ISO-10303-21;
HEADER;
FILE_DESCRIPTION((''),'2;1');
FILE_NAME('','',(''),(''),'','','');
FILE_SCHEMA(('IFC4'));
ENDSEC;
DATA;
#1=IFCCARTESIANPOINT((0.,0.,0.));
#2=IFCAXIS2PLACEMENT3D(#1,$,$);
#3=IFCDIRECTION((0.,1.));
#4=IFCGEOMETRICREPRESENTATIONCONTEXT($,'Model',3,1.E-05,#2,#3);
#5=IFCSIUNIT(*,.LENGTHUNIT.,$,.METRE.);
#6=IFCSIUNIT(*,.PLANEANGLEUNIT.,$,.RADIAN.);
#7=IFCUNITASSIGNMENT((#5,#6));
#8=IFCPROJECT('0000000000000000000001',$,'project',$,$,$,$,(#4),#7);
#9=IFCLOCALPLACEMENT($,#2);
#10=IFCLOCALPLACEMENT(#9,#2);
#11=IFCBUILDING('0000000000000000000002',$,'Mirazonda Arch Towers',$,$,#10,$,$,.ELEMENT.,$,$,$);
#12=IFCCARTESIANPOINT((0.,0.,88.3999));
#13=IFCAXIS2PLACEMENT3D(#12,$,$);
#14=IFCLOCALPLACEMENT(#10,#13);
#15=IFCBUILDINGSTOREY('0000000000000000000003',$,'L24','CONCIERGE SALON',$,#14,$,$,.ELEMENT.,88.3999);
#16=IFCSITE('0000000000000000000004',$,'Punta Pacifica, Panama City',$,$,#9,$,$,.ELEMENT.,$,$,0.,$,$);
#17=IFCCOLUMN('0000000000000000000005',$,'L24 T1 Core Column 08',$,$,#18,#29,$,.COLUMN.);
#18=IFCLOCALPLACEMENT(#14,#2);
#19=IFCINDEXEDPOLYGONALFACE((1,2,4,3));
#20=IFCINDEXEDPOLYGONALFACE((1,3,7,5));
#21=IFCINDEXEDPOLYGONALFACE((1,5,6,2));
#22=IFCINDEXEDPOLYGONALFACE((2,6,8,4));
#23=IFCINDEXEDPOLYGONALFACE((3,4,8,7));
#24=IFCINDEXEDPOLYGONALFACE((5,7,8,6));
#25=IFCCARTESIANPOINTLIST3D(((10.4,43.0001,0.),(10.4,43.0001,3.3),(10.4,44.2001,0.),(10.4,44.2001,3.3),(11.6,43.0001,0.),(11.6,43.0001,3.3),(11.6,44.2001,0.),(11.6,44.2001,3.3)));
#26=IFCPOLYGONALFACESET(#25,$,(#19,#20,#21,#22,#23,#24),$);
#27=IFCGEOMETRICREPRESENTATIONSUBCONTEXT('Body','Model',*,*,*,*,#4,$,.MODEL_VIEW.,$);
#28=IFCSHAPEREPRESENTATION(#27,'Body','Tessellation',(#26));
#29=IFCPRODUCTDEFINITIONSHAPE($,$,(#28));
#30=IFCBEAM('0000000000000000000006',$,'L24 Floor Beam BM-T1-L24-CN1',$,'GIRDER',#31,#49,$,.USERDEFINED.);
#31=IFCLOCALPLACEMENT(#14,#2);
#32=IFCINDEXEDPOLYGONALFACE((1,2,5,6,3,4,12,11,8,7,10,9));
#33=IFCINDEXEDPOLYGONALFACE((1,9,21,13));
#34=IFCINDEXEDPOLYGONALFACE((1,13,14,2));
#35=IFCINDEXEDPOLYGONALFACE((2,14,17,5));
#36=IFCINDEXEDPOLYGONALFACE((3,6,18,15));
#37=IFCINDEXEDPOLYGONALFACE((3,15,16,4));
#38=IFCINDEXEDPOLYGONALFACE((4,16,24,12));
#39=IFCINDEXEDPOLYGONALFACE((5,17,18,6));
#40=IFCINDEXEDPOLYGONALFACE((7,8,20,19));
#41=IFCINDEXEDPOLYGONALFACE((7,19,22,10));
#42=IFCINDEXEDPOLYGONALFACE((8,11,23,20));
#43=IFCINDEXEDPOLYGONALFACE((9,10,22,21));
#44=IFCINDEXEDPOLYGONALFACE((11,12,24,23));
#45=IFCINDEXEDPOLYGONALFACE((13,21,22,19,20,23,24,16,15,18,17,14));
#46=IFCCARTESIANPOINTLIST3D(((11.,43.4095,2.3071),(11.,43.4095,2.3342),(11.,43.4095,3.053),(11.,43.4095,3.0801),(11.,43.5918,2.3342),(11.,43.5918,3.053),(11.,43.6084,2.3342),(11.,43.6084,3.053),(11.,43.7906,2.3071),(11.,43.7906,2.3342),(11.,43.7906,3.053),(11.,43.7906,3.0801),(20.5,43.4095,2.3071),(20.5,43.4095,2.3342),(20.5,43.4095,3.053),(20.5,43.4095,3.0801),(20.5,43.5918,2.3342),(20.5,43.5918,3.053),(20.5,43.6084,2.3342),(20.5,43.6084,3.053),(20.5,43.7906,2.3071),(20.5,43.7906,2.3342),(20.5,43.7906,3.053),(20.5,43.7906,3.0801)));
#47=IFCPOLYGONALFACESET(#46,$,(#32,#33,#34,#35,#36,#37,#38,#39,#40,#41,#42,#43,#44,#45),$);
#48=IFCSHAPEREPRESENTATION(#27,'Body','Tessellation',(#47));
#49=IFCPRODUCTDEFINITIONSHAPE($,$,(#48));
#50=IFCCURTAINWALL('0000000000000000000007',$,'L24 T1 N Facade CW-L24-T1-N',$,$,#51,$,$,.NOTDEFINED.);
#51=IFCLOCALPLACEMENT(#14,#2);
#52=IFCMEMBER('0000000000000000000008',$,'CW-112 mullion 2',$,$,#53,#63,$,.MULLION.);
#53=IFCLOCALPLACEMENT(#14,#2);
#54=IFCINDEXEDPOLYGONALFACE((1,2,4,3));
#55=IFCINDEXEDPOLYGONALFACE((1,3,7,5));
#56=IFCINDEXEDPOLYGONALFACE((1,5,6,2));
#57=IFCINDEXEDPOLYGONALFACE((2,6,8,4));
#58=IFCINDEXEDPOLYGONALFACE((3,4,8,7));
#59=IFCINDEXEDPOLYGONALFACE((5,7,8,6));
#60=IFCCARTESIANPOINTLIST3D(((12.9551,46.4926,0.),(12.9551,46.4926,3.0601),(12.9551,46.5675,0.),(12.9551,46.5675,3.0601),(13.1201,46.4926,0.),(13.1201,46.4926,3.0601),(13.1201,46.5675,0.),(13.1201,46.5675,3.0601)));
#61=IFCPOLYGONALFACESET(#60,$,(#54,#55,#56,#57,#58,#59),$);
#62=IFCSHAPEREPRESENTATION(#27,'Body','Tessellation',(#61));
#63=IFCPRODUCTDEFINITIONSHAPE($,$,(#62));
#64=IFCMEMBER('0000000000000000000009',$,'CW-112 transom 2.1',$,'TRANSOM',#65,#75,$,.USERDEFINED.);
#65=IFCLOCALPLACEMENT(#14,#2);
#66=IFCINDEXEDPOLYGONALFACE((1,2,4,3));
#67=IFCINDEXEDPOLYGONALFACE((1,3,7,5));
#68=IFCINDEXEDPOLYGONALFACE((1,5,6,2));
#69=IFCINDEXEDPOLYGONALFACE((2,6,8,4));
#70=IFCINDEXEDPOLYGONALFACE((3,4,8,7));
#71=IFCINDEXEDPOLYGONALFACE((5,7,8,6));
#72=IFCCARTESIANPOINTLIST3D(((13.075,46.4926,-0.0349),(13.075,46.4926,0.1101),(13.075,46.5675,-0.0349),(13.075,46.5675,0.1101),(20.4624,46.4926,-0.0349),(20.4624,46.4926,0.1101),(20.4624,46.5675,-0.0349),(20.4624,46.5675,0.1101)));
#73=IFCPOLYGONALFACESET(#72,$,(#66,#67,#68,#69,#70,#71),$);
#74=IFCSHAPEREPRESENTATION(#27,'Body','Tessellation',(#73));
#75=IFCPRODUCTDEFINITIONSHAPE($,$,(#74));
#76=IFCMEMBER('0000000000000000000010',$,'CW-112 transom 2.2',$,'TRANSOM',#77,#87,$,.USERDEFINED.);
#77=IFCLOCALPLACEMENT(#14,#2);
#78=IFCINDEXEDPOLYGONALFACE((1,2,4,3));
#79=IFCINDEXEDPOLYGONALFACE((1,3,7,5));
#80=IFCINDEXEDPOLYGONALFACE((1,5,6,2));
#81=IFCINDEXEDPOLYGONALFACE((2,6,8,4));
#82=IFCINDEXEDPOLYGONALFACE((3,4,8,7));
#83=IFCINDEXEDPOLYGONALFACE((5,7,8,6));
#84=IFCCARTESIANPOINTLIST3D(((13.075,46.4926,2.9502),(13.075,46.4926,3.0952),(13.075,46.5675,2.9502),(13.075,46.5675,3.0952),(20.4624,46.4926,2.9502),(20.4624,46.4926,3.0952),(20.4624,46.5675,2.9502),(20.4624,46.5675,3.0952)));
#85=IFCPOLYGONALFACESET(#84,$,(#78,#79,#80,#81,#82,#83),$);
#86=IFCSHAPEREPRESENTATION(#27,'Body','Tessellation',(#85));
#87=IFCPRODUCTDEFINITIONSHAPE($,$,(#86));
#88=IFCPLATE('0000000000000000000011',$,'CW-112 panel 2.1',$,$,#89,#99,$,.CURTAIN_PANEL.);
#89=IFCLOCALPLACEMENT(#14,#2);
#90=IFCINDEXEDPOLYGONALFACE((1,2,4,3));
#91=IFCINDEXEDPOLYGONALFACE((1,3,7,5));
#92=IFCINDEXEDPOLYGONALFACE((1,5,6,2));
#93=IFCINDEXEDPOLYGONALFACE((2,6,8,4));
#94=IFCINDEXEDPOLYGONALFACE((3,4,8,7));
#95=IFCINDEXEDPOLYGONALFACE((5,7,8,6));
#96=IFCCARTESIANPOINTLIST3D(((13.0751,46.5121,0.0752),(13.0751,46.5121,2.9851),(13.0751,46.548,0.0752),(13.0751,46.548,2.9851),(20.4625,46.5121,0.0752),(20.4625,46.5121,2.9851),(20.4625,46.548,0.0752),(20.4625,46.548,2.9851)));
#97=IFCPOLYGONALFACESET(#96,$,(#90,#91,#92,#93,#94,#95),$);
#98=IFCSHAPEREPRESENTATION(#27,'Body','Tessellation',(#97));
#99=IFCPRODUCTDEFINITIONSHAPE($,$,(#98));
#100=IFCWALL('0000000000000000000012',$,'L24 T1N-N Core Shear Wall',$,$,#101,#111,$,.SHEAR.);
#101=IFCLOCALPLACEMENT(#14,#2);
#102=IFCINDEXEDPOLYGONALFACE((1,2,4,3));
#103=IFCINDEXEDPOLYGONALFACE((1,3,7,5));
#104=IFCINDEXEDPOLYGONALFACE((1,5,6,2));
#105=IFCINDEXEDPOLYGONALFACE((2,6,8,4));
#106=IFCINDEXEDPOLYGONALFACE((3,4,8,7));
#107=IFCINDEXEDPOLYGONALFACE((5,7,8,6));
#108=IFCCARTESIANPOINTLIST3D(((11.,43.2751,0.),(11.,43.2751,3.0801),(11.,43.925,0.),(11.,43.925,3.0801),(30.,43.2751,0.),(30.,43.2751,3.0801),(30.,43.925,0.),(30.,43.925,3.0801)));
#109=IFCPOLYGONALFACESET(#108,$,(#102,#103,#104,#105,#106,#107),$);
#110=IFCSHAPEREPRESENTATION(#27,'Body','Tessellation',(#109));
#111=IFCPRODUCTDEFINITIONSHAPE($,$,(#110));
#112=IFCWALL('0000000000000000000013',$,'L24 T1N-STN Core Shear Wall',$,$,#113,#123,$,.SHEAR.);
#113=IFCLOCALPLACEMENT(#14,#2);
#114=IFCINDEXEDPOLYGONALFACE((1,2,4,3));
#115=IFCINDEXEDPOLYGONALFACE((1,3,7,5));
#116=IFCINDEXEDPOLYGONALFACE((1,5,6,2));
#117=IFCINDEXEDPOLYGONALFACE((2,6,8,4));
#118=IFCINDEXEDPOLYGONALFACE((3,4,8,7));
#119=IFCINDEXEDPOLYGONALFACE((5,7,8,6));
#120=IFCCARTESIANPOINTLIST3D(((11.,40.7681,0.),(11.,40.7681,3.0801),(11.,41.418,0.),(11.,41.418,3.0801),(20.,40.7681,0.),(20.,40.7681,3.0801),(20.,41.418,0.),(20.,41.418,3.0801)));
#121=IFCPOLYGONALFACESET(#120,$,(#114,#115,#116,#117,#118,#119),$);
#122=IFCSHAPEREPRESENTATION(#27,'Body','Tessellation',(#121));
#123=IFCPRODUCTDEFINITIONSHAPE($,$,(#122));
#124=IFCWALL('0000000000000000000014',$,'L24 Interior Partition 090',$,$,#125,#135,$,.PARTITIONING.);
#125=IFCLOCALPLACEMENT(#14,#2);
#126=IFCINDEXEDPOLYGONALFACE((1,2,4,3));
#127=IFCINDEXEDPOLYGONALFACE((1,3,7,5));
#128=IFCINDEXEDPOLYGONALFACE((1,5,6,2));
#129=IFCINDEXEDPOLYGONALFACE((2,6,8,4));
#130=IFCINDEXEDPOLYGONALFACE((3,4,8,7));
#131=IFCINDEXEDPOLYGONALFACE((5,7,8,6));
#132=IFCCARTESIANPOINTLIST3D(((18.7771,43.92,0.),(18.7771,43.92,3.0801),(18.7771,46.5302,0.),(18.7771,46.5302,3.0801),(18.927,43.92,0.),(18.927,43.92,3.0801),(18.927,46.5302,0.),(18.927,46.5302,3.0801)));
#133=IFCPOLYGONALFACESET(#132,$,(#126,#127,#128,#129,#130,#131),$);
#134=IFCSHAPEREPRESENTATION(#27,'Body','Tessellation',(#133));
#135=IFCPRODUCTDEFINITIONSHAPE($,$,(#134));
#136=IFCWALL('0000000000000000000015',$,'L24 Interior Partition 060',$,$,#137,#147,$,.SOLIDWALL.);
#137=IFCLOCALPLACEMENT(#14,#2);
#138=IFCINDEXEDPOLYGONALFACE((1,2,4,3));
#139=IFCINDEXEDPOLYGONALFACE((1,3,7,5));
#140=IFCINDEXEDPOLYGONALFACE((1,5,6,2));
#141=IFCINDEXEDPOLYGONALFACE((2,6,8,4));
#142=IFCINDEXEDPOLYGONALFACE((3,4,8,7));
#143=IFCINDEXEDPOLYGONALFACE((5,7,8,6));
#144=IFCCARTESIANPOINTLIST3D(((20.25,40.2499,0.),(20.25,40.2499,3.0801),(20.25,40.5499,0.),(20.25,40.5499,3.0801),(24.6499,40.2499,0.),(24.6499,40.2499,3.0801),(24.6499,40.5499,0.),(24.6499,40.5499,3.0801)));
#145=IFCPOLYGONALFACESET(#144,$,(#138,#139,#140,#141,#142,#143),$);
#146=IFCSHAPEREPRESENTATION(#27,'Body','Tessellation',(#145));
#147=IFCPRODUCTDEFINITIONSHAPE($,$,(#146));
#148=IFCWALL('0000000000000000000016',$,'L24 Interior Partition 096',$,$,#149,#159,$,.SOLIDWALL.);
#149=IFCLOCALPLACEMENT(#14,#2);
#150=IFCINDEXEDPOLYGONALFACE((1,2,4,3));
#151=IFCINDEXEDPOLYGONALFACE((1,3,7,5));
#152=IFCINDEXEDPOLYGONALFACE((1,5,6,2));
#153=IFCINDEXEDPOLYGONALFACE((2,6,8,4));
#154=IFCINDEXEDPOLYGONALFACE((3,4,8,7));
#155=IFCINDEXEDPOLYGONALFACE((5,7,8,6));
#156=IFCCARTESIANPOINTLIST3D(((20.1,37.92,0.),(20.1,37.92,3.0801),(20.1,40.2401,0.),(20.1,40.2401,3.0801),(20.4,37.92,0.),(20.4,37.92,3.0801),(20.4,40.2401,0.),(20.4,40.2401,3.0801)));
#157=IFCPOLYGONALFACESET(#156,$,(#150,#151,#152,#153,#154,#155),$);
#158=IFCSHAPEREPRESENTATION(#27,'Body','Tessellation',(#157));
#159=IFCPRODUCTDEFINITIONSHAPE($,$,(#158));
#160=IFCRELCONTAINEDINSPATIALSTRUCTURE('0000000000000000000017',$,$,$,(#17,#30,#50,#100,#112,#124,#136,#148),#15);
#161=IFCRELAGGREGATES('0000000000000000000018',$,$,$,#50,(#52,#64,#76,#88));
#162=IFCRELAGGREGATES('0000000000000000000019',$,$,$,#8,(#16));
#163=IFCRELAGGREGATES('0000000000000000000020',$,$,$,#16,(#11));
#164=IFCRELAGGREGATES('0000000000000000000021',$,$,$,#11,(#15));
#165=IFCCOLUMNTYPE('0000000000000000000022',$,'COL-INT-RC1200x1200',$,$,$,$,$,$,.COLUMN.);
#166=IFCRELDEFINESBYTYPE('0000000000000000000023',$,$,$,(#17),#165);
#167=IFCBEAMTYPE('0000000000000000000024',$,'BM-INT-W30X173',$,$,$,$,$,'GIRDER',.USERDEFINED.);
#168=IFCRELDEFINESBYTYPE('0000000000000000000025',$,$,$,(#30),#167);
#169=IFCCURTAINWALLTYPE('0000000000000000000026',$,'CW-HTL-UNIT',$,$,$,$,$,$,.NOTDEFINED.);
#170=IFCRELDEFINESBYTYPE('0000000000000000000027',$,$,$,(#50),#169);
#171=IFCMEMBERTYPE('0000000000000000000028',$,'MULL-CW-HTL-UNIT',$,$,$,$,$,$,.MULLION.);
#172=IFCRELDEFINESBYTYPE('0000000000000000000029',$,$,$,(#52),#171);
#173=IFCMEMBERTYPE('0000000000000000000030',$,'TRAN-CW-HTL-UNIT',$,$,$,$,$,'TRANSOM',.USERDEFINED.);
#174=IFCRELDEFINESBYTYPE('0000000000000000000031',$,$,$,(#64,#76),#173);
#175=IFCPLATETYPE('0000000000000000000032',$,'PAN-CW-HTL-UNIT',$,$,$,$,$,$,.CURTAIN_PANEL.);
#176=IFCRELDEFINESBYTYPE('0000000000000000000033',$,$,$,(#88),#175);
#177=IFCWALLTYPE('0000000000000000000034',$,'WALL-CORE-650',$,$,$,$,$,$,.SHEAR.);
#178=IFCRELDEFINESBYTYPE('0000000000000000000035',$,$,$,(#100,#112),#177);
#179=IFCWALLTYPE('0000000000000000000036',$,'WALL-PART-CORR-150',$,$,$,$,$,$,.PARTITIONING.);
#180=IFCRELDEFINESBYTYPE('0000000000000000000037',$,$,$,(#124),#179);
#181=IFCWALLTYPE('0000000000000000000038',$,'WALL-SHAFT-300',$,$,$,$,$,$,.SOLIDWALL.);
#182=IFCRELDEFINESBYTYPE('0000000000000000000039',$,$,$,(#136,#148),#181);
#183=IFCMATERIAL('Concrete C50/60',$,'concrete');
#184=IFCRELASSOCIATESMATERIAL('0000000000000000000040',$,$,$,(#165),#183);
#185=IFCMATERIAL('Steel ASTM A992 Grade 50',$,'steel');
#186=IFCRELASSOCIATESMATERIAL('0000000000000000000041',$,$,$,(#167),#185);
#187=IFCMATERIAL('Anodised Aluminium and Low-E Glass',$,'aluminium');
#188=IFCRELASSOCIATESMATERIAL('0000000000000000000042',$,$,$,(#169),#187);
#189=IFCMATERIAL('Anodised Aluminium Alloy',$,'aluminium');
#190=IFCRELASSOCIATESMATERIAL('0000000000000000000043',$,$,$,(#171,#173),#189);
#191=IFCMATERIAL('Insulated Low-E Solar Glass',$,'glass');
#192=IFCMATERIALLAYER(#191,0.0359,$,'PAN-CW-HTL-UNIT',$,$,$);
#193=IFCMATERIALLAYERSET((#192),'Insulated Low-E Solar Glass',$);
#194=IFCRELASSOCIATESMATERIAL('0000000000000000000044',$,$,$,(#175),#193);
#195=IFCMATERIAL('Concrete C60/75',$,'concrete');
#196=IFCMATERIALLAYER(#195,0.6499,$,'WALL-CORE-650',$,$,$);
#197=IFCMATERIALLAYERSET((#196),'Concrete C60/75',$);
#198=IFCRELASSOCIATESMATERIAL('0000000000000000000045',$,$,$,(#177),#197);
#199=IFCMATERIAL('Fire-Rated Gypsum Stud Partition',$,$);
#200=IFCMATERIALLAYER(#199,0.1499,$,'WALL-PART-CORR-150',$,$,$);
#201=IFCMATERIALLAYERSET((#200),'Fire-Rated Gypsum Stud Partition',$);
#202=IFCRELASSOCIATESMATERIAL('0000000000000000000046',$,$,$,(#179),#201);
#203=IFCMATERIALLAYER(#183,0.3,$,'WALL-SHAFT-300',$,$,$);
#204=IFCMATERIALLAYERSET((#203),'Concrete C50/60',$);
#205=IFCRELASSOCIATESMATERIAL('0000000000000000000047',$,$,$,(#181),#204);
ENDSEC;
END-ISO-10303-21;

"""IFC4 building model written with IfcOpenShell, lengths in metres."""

from ifc_helpers import new_model, si_unit, direction, frame, frame_2d, origin, origin_2d, place, context, subcontext, project, spatial, rectangle, i_section, extrude, material, layer, layer_set, material_profile, profile_set, type_object, element, aggregate, save


model = new_model("IFC4")

# Units and contexts
model_context = context("Model", 3, precision=1e-05, world=origin(), true_north=direction((0.0, 1.0)))
body_context = subcontext(model_context, "Body", "Model", "MODEL_VIEW")
ifc_project = project(units=[si_unit("LENGTHUNIT", "METRE"), si_unit("PLANEANGLEUNIT", "RADIAN")], contexts=[model_context])

# Site, building, storey
site_placement = place(None, origin())
site = spatial("IfcSite", under=ifc_project, at=site_placement, Name="Punta Pacifica, Panama City", CompositionType="ELEMENT", RefElevation=0.0)
building_placement = place(site_placement, origin())
building = spatial("IfcBuilding", under=site, at=building_placement, Name="Mirazonda Arch Towers", CompositionType="ELEMENT")
storey_placement = place(building_placement, frame((0.0, 0.0, 88.3999)))
storey = spatial("IfcBuildingStorey", under=building, at=storey_placement, Name="L24", Description="CONCIERGE SALON", CompositionType="ELEMENT", Elevation=88.3999)

# Column
ifc_material_1 = material(Name="Concrete C50/60", Category="concrete")
ifc_material_profile_1 = material_profile(ifc_material_1, rectangle(XDim=1.2, YDim=1.2, at=origin_2d()), Name="RC1200x1200")
ifc_profile_set_1 = profile_set([ifc_material_profile_1], Name="Concrete C50/60")
column_type = type_object("IfcColumnType", Name="COL-INT-RC1200x1200", PredefinedType="COLUMN", material=ifc_profile_set_1)
column_placement = place(storey_placement, frame((11.0, 43.6001, 0.0), z_axis=(0.0, 0.0, 1.0), x_axis=(1.0, 0.0, 0.0)))
element("IfcColumn", 1, at=column_placement, inside=storey, type_object=column_type, Name="L24 T1 Core Column 08", PredefinedType="COLUMN", context=body_context, shape_type="SweptSolid", body=[
    extrude(rectangle(XDim=1.2, YDim=1.2, at=origin_2d()), origin(), (0.0, 0.0, 1.0), 3.3),
])

# Beam
ifc_material_2 = material(Name="Steel ASTM A992 Grade 50", Category="steel")
ifc_material_profile_2 = material_profile(ifc_material_2, i_section(OverallWidth=0.3811, OverallDepth=0.7729, WebThickness=0.0166, FlangeThickness=0.0271, at=origin_2d()), Name="W30X173")
ifc_profile_set_2 = profile_set([ifc_material_profile_2], Name="Steel ASTM A992 Grade 50")
beam_type = type_object("IfcBeamType", Name="BM-INT-W30X173", ElementType="GIRDER", PredefinedType="USERDEFINED", material=ifc_profile_set_2)
beam_placement = place(storey_placement, frame((11.0, 43.6001, 2.6936), z_axis=(1.0, 0.0, 0.0), x_axis=(0.0, 1.0, 0.0)))
element("IfcBeam", 2, at=beam_placement, inside=storey, type_object=beam_type, Name="L24 Floor Beam BM-T1-L24-CN1", ObjectType="GIRDER", PredefinedType="USERDEFINED", context=body_context, shape_type="SweptSolid", body=[
    extrude(i_section(OverallWidth=0.3811, OverallDepth=0.7729, WebThickness=0.0166, FlangeThickness=0.0271, at=origin_2d()), origin(), (0.0, 0.0, 1.0), 9.5),
])

# Curtain wall, members, plate
ifc_material_3 = material(Name="Anodised Aluminium and Low-E Glass", Category="aluminium")
curtain_wall_type = type_object("IfcCurtainWallType", Name="CW-HTL-UNIT", PredefinedType="NOTDEFINED", material=ifc_material_3)
curtain_wall_placement = place(storey_placement, origin())
curtain_wall = element("IfcCurtainWall", 3, at=curtain_wall_placement, inside=storey, type_object=curtain_wall_type, Name="L24 T1 N Facade CW-L24-T1-N", PredefinedType="NOTDEFINED")
ifc_material_4 = material(Name="Anodised Aluminium Alloy", Category="aluminium")
ifc_material_profile_3 = material_profile(ifc_material_4, rectangle(XDim=0.075, YDim=0.165, at=origin_2d()), Name="ALU-MULL-75x165")
ifc_profile_set_3 = profile_set([ifc_material_profile_3], Name="Anodised Aluminium Alloy")
member_type_1 = type_object("IfcMemberType", Name="MULL-CW-HTL-UNIT", PredefinedType="MULLION", material=ifc_profile_set_3)
member_1_placement = place(storey_placement, frame((13.0376, 46.53, 0.0), z_axis=(0.0, 0.0, 1.0), x_axis=(0.0, 1.0, 0.0)))
member_1 = element("IfcMember", 4, at=member_1_placement, type_object=member_type_1, Name="CW-112 mullion 2", PredefinedType="MULLION", context=body_context, shape_type="SweptSolid", body=[
    extrude(rectangle(XDim=0.075, YDim=0.165, at=origin_2d()), origin(), (0.0, 0.0, 1.0), 3.0601),
])
ifc_material_profile_4 = material_profile(ifc_material_4, rectangle(XDim=0.075, YDim=0.145, at=origin_2d()), Name="ALU-TRAN-75x145")
ifc_profile_set_4 = profile_set([ifc_material_profile_4], Name="Anodised Aluminium Alloy")
member_type_2 = type_object("IfcMemberType", Name="TRAN-CW-HTL-UNIT", ElementType="TRANSOM", PredefinedType="USERDEFINED", material=ifc_profile_set_4)
member_2_placement = place(storey_placement, frame((13.075, 46.53, 0.0376), z_axis=(1.0, 0.0, 0.0), x_axis=(0.0, 1.0, 0.0)))
member_2 = element("IfcMember", 5, at=member_2_placement, type_object=member_type_2, Name="CW-112 transom 2.1", ObjectType="TRANSOM", PredefinedType="USERDEFINED", context=body_context, shape_type="SweptSolid", body=[
    extrude(rectangle(XDim=0.075, YDim=0.145, at=origin_2d()), origin(), (0.0, 0.0, 1.0), 7.3875),
])
member_3_placement = place(storey_placement, frame((13.075, 46.53, 3.0227), z_axis=(1.0, 0.0, 0.0), x_axis=(0.0, 1.0, 0.0)))
member_3 = element("IfcMember", 6, at=member_3_placement, type_object=member_type_2, Name="CW-112 transom 2.2", ObjectType="TRANSOM", PredefinedType="USERDEFINED", context=body_context, shape_type="SweptSolid", body=[
    extrude(rectangle(XDim=0.075, YDim=0.145, at=origin_2d()), origin(), (0.0, 0.0, 1.0), 7.3875),
])
ifc_material_5 = material(Name="Insulated Low-E Solar Glass", Category="glass")
ifc_layer_1 = layer(ifc_material_5, 0.0359, Name="PAN-CW-HTL-UNIT")
ifc_layer_set_1 = layer_set([ifc_layer_1], Name="Insulated Low-E Solar Glass")
plate_type = type_object("IfcPlateType", Name="PAN-CW-HTL-UNIT", PredefinedType="CURTAIN_PANEL", material=ifc_layer_set_1)
plate_placement = place(storey_placement, frame((16.7688, 46.53, 0.0752), z_axis=(0.0, 0.0, 1.0), x_axis=(1.0, 0.0, 0.0)))
plate = element("IfcPlate", 7, at=plate_placement, type_object=plate_type, Name="CW-112 panel 2.1", PredefinedType="CURTAIN_PANEL", context=body_context, shape_type="SweptSolid", body=[
    extrude(rectangle(XDim=7.3875, YDim=0.0359, at=origin_2d()), origin(), (0.0, 0.0, 1.0), 2.9099),
])
aggregate(curtain_wall, [member_1, member_2, member_3, plate])

# Walls
ifc_material_6 = material(Name="Concrete C60/75", Category="concrete")
ifc_layer_2 = layer(ifc_material_6, 0.6499, Name="WALL-CORE-650")
ifc_layer_set_2 = layer_set([ifc_layer_2], Name="Concrete C60/75")
wall_type_1 = type_object("IfcWallType", Name="WALL-CORE-650", PredefinedType="SHEAR", material=ifc_layer_set_2)
wall_1_placement = place(storey_placement, frame((11.0, 43.6001, 0.0), z_axis=(0.0, 0.0, 1.0), x_axis=(1.0, 0.0, 0.0)))
element("IfcWall", 8, at=wall_1_placement, inside=storey, type_object=wall_type_1, Name="L24 T1N-N Core Shear Wall", PredefinedType="SHEAR", context=body_context, shape_type="SweptSolid", body=[
    extrude(rectangle(XDim=19.0, YDim=0.6499, at=frame_2d((9.5, 0.0))), origin(), (0.0, 0.0, 1.0), 3.0801),
])
wall_2_placement = place(storey_placement, frame((11.0, 41.093, 0.0), z_axis=(0.0, 0.0, 1.0), x_axis=(1.0, 0.0, 0.0)))
element("IfcWall", 9, at=wall_2_placement, inside=storey, type_object=wall_type_1, Name="L24 T1N-STN Core Shear Wall", PredefinedType="SHEAR", context=body_context, shape_type="SweptSolid", body=[
    extrude(rectangle(XDim=9.0, YDim=0.6499, at=frame_2d((4.5, 0.0))), origin(), (0.0, 0.0, 1.0), 3.0801),
])
ifc_material_7 = material(Name="Fire-Rated Gypsum Stud Partition")
ifc_layer_3 = layer(ifc_material_7, 0.1499, Name="WALL-PART-CORR-150")
ifc_layer_set_3 = layer_set([ifc_layer_3], Name="Fire-Rated Gypsum Stud Partition")
wall_type_2 = type_object("IfcWallType", Name="WALL-PART-CORR-150", PredefinedType="PARTITIONING", material=ifc_layer_set_3)
wall_3_placement = place(storey_placement, frame((18.8521, 43.9199, 0.0), z_axis=(0.0, 0.0, 1.0), x_axis=(0.0, 1.0, 0.0)))
element("IfcWall", 10, at=wall_3_placement, inside=storey, type_object=wall_type_2, Name="L24 Interior Partition 090", PredefinedType="PARTITIONING", context=body_context, shape_type="SweptSolid", body=[
    extrude(rectangle(XDim=2.6101, YDim=0.1499, at=frame_2d((1.3052, 0.0))), origin(), (0.0, 0.0, 1.0), 3.0801),
])
ifc_layer_4 = layer(ifc_material_1, 0.3, Name="WALL-SHAFT-300")
ifc_layer_set_4 = layer_set([ifc_layer_4], Name="Concrete C50/60")
wall_type_3 = type_object("IfcWallType", Name="WALL-SHAFT-300", PredefinedType="SOLIDWALL", material=ifc_layer_set_4)
wall_4_placement = place(storey_placement, frame((20.25, 40.3999, 0.0), z_axis=(0.0, 0.0, 1.0), x_axis=(1.0, 0.0, 0.0)))
element("IfcWall", 11, at=wall_4_placement, inside=storey, type_object=wall_type_3, Name="L24 Interior Partition 060", PredefinedType="SOLIDWALL", context=body_context, shape_type="SweptSolid", body=[
    extrude(rectangle(XDim=4.3999, YDim=0.3, at=frame_2d((2.2, 0.0))), origin(), (0.0, 0.0, 1.0), 3.0801),
])
wall_5_placement = place(storey_placement, frame((20.25, 37.9199, 0.0), z_axis=(0.0, 0.0, 1.0), x_axis=(0.0, 1.0, 0.0)))
element("IfcWall", 12, at=wall_5_placement, inside=storey, type_object=wall_type_3, Name="L24 Interior Partition 096", PredefinedType="SOLIDWALL", context=body_context, shape_type="SweptSolid", body=[
    extrude(rectangle(XDim=2.3201, YDim=0.3, at=frame_2d((1.1602, 0.0))), origin(), (0.0, 0.0, 1.0), 3.0801),
])

save(model, "model.ifc")
